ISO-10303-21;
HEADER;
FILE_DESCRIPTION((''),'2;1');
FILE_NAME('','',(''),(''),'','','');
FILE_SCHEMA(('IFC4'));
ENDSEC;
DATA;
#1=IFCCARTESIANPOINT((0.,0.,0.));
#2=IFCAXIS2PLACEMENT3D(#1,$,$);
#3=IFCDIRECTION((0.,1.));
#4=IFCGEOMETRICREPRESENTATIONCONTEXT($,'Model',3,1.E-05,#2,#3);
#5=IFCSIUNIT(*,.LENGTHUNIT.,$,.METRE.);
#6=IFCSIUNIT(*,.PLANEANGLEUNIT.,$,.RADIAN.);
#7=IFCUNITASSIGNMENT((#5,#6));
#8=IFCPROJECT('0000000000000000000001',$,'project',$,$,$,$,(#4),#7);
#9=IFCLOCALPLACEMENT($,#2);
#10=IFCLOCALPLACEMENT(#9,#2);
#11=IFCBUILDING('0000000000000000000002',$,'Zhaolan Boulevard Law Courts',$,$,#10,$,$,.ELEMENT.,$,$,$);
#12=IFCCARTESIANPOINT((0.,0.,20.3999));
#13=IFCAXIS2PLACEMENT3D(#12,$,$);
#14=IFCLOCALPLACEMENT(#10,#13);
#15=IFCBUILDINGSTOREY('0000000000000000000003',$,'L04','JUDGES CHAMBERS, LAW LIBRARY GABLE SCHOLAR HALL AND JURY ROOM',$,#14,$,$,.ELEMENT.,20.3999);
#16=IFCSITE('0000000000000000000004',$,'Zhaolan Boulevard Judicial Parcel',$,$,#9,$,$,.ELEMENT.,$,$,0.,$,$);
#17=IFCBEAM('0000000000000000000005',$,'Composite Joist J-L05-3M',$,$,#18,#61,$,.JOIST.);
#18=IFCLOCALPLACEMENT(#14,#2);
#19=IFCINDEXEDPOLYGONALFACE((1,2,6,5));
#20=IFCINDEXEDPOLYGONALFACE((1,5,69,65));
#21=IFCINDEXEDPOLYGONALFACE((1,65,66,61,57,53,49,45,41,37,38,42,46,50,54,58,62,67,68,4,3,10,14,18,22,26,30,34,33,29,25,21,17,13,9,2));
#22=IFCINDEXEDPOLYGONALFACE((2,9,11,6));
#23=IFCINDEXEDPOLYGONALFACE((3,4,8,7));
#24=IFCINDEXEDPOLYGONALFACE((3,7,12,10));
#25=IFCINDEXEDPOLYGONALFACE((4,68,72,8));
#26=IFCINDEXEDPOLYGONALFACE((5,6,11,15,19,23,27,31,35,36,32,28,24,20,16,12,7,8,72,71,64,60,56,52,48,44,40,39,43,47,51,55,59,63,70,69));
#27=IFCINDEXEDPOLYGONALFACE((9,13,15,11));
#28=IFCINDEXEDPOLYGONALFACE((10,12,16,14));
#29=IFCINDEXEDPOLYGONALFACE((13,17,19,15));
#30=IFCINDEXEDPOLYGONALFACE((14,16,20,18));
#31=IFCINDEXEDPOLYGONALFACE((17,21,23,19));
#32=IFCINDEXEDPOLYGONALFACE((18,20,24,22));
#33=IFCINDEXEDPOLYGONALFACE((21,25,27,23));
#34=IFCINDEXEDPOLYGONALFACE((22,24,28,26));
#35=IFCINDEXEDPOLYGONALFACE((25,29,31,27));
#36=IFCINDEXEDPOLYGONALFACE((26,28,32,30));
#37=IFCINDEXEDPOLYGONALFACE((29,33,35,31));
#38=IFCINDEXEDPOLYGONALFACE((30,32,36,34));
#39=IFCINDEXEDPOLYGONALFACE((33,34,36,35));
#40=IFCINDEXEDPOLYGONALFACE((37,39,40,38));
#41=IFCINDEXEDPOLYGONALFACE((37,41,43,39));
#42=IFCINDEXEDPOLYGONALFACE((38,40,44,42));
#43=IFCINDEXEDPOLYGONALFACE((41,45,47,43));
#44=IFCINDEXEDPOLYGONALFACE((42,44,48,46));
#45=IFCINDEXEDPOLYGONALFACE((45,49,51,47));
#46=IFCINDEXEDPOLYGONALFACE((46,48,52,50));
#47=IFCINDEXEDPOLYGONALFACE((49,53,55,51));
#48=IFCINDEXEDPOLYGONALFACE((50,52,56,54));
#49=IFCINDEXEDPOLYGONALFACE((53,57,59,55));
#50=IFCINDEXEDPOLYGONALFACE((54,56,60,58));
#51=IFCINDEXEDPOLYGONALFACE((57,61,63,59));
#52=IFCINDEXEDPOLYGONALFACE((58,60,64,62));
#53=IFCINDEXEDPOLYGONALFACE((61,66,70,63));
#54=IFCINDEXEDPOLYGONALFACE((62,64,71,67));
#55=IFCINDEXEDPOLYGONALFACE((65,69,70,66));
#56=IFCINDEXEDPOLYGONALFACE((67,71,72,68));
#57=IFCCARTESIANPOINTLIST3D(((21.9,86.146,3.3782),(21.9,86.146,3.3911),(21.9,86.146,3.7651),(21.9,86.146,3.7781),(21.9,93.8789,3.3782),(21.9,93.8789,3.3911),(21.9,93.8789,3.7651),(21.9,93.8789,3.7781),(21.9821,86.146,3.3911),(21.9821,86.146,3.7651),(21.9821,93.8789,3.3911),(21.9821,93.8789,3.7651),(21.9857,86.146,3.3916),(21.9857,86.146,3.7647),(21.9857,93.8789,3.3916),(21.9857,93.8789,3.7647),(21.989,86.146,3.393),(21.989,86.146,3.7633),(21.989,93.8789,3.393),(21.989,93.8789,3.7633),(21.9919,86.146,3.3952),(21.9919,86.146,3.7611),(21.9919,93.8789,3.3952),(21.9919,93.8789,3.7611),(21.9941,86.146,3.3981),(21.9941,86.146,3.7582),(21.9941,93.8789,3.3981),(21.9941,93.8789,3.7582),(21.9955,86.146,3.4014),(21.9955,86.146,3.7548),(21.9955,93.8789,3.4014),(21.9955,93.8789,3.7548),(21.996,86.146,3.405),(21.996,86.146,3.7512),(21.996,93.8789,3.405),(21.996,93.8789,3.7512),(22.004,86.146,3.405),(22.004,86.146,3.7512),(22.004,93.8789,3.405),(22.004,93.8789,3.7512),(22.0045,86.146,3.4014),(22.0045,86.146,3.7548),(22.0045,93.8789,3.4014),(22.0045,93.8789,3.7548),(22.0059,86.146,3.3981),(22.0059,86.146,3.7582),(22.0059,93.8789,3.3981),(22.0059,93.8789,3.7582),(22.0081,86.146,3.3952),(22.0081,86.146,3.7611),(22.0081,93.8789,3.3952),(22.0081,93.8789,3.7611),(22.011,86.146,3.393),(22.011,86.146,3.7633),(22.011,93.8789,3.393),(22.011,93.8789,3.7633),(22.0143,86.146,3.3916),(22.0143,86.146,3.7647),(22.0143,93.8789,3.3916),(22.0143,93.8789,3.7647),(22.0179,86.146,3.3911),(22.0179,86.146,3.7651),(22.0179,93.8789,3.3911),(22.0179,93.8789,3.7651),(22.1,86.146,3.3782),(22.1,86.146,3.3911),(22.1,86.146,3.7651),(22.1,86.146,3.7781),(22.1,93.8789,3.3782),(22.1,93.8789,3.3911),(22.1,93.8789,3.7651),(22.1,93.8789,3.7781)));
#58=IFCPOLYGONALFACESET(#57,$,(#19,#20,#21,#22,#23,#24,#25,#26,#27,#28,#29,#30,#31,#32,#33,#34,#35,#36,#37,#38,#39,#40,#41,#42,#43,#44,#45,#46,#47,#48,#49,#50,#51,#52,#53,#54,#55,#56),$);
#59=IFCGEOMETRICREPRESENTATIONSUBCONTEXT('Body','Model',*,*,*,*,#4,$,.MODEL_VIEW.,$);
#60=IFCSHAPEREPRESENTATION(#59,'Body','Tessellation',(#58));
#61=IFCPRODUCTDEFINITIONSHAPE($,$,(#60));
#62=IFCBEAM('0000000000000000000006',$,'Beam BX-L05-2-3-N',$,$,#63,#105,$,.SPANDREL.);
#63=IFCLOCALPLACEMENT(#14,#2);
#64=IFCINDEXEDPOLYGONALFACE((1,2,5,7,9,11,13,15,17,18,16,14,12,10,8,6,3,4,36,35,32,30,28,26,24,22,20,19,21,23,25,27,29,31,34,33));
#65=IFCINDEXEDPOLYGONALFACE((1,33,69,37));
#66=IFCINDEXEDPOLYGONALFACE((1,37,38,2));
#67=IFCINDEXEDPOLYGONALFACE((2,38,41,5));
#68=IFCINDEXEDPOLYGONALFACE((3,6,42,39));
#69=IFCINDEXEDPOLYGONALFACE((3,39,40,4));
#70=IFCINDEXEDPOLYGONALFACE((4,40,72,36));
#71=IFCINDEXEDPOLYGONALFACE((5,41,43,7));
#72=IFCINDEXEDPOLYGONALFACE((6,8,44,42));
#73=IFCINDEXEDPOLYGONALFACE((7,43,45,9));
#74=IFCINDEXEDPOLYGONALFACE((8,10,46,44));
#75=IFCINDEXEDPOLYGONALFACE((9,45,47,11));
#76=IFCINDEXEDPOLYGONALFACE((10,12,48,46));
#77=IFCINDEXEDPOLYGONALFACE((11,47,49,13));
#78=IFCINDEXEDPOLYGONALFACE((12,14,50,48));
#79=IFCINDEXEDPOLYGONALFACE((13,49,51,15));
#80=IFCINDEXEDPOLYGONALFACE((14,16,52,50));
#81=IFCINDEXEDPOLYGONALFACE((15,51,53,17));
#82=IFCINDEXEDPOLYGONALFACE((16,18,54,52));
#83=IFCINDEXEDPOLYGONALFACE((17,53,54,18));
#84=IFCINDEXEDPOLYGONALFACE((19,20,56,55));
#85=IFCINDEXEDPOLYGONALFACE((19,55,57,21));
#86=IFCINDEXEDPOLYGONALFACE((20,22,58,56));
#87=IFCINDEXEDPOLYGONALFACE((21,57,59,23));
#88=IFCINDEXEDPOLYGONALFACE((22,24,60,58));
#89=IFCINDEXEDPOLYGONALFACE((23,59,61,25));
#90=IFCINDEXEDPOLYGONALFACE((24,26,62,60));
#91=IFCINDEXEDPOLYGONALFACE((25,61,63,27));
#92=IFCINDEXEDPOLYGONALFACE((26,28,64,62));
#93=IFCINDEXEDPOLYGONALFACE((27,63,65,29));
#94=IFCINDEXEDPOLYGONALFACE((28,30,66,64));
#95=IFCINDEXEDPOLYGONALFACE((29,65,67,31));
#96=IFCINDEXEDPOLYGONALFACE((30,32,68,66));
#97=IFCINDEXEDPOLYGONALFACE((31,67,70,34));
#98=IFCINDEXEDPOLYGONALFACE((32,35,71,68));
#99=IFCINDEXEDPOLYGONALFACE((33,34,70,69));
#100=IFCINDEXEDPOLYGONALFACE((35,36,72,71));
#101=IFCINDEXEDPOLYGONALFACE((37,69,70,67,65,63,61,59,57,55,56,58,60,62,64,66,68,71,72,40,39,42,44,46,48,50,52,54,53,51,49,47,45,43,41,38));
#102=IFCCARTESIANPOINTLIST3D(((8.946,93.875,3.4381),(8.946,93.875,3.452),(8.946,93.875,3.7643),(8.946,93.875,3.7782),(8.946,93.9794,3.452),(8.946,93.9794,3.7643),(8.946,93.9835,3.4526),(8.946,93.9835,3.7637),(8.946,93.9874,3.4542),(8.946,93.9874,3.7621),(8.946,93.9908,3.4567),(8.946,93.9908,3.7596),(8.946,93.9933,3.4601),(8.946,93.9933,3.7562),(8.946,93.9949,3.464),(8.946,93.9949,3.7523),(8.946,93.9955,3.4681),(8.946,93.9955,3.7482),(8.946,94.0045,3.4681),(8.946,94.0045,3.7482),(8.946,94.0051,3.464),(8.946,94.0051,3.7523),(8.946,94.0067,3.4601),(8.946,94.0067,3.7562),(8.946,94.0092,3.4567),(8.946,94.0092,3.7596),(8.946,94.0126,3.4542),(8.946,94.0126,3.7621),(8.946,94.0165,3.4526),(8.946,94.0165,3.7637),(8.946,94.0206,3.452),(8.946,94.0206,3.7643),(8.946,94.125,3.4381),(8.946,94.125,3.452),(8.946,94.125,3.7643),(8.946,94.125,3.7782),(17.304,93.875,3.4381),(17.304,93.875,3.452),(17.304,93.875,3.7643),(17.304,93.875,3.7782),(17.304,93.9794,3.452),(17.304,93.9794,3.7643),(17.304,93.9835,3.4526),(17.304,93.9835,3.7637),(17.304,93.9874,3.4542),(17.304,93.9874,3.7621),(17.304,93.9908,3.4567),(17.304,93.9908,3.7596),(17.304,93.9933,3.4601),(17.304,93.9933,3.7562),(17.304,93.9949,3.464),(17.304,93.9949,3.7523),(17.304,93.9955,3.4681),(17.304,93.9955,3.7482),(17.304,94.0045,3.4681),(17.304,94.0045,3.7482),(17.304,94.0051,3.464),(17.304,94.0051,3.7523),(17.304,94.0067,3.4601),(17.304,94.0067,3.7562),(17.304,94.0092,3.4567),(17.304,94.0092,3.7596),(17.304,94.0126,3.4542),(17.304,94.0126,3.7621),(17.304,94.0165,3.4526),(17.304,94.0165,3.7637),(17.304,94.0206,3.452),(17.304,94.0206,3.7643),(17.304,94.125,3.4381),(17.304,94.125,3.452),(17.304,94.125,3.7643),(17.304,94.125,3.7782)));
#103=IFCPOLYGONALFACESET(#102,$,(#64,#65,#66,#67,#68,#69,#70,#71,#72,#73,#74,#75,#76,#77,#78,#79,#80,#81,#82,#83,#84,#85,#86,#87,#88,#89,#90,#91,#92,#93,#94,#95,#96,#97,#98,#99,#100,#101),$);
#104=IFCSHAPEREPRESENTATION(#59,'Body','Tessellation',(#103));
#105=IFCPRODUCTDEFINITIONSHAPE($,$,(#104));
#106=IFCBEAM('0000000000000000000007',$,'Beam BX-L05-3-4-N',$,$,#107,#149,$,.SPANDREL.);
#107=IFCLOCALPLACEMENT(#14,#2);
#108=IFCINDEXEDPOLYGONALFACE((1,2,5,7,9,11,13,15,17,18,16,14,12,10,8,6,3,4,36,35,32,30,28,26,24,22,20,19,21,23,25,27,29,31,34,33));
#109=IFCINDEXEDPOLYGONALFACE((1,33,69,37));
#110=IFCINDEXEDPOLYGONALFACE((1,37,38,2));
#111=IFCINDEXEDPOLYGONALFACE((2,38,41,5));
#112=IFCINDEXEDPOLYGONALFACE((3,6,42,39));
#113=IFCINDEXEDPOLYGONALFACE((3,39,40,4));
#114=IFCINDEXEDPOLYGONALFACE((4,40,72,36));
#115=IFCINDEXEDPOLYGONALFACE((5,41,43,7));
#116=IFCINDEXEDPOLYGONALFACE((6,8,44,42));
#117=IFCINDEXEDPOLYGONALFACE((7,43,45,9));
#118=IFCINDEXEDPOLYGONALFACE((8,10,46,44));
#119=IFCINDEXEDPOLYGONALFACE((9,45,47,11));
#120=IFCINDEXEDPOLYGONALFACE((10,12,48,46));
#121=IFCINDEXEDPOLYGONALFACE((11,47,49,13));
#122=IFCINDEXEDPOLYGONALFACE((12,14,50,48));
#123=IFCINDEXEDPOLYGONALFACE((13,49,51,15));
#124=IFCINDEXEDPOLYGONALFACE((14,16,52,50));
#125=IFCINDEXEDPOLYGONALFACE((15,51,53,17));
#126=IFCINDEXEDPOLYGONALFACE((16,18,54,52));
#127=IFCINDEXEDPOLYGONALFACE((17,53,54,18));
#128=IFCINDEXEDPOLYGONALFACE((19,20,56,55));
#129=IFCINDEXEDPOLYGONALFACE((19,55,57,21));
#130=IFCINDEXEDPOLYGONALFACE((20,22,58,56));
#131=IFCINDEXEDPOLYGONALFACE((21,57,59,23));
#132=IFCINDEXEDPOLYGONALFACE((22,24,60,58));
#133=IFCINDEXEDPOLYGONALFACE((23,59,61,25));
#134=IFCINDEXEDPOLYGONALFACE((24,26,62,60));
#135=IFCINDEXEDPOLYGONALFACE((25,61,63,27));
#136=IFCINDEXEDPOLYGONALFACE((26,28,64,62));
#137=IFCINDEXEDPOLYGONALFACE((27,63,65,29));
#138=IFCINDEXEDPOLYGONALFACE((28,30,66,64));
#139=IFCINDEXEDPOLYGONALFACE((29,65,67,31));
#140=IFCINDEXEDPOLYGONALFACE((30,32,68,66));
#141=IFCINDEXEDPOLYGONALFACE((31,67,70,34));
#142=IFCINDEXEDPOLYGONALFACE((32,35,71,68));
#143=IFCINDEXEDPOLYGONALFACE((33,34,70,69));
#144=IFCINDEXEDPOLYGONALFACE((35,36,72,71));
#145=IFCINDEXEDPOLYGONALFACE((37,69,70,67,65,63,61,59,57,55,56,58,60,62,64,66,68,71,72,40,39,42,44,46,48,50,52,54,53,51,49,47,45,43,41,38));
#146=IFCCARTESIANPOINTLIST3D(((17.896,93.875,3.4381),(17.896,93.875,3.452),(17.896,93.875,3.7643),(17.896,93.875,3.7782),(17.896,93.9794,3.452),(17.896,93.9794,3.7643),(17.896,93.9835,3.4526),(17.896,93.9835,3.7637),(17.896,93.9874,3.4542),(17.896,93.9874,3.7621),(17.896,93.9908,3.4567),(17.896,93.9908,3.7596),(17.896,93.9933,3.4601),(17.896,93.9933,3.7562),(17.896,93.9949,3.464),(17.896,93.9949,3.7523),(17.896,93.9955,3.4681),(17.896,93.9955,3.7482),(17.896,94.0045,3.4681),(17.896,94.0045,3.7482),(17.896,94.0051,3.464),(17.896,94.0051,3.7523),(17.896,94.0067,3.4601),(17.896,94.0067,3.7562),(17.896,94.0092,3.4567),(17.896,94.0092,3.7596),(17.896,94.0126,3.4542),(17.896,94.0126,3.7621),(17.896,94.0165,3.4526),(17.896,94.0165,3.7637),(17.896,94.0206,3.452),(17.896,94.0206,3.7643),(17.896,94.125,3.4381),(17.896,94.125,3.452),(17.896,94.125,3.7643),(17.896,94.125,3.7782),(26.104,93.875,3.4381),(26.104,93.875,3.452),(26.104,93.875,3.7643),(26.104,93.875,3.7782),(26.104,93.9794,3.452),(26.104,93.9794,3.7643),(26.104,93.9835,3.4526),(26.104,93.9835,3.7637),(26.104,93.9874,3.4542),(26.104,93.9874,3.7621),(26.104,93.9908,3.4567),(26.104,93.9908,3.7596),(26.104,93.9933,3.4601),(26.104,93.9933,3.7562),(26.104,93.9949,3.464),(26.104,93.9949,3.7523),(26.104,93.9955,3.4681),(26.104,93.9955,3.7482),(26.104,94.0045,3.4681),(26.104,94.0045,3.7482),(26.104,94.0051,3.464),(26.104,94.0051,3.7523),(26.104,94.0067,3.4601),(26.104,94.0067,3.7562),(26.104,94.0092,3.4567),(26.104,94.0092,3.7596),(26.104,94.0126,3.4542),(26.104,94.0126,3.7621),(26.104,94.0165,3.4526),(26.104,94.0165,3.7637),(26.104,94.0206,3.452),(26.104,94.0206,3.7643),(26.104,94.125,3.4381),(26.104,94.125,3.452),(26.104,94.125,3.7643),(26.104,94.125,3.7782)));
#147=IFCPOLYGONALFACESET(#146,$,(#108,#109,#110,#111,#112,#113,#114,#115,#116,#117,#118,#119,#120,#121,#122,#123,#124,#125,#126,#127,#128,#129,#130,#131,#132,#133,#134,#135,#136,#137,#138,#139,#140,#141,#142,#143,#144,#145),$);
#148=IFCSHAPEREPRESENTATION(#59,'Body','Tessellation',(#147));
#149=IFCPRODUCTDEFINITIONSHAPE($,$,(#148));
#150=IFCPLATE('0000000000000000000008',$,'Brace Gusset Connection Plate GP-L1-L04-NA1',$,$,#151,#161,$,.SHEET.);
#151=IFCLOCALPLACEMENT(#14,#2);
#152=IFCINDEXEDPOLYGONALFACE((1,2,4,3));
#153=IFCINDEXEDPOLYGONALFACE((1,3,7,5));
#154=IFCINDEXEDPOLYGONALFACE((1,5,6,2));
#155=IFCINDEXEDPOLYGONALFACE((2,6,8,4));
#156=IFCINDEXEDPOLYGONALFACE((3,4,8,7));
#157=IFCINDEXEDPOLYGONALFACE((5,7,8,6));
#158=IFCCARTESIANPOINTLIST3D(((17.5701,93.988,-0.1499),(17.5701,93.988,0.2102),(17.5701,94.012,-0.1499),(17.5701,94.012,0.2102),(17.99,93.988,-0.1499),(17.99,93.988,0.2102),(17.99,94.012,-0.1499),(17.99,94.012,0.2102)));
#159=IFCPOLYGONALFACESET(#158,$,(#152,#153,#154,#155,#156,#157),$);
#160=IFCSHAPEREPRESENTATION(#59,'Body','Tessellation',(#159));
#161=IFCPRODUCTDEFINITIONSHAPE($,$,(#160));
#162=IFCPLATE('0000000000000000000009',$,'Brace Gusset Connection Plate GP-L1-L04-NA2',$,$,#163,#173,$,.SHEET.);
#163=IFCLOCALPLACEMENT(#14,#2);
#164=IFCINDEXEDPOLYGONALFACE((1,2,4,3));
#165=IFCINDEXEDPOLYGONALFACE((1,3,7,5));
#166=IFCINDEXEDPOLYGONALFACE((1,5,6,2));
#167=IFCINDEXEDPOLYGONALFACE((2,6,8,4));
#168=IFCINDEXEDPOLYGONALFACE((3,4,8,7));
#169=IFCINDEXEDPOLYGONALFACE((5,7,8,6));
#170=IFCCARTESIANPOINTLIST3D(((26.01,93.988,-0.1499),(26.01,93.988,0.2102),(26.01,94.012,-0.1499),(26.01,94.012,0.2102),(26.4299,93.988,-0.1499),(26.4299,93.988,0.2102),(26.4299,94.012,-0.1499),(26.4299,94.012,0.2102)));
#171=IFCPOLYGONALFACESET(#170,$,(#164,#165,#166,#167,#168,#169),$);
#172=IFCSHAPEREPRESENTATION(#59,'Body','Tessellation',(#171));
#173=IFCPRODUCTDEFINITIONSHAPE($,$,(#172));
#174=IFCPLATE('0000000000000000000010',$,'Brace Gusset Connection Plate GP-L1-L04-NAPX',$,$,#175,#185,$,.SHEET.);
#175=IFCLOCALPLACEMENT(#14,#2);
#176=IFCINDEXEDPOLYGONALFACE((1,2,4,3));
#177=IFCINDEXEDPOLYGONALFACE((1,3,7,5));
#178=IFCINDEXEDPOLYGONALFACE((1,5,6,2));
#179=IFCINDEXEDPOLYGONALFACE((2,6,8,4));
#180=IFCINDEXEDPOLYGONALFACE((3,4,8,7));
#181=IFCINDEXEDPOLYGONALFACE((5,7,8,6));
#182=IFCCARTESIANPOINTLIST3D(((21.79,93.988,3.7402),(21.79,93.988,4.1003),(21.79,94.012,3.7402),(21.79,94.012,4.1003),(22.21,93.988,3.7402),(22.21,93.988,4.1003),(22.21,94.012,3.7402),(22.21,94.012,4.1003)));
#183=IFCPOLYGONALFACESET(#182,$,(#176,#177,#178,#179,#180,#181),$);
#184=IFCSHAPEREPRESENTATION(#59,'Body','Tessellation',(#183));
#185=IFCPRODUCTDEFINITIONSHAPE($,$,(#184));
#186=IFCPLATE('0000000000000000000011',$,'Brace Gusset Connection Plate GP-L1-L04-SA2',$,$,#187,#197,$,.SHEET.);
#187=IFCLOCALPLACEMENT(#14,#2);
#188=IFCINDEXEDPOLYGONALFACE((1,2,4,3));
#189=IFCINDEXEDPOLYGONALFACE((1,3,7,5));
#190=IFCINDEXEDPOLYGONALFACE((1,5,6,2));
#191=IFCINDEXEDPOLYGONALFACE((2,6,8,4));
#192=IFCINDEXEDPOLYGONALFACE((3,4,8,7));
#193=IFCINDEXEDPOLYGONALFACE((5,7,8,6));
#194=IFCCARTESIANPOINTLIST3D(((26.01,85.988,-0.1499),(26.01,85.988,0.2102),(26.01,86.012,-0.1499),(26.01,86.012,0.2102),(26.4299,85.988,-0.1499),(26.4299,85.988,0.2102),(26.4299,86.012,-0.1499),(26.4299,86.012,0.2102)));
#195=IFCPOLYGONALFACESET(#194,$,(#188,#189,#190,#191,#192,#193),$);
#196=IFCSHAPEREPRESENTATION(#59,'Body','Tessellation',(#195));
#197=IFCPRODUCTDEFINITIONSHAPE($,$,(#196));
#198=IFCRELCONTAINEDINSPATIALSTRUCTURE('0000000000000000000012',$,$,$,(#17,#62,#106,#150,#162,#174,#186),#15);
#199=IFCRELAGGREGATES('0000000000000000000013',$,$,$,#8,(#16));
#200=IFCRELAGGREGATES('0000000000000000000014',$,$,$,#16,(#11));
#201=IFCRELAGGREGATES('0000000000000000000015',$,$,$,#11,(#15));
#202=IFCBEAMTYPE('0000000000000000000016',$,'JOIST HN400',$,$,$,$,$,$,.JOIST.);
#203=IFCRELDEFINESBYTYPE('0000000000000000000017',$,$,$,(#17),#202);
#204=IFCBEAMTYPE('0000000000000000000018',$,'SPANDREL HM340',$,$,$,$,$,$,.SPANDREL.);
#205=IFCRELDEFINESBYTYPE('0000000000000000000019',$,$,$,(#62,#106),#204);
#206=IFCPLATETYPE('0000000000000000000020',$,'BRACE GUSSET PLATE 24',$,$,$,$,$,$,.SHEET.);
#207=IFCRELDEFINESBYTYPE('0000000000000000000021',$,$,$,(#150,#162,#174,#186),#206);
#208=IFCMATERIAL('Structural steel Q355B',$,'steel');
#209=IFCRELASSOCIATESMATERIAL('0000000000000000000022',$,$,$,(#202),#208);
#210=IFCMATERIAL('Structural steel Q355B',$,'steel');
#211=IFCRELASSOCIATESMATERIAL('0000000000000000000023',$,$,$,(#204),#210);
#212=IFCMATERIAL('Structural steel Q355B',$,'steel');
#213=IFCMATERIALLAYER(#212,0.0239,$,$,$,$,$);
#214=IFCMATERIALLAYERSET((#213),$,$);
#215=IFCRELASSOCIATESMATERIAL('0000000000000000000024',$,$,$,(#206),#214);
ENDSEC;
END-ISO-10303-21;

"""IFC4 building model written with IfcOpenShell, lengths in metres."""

from ifc_helpers import new_model, si_unit, direction, frame, origin, origin_2d, place, context, subcontext, project, spatial, rectangle, i_section, extrude, material, layer, layer_set, material_profile, profile_set, type_object, element, save


model = new_model("IFC4")

# Units and contexts
model_context = context("Model", 3, precision=1e-05, world=origin(), true_north=direction((0.0, 1.0)))
body_context = subcontext(model_context, "Body", "Model", "MODEL_VIEW")
ifc_project = project(units=[si_unit("LENGTHUNIT", "METRE"), si_unit("PLANEANGLEUNIT", "RADIAN")], contexts=[model_context])

# Site, building, storey
site_placement = place(None, origin())
site = spatial("IfcSite", under=ifc_project, at=site_placement, Name="Zhaolan Boulevard Judicial Parcel", CompositionType="ELEMENT", RefElevation=0.0)
building_placement = place(site_placement, origin())
building = spatial("IfcBuilding", under=site, at=building_placement, Name="Zhaolan Boulevard Law Courts", CompositionType="ELEMENT")
storey_placement = place(building_placement, frame((0.0, 0.0, 20.3999)))
storey = spatial("IfcBuildingStorey", under=building, at=storey_placement, Name="L04", Description="JUDGES CHAMBERS, LAW LIBRARY GABLE SCHOLAR HALL AND JURY ROOM", CompositionType="ELEMENT", Elevation=20.3999)

# Beams
ifc_material_1 = material(Name="Structural steel Q355B", Category="steel")
ifc_material_profile_1 = material_profile(ifc_material_1, i_section(OverallWidth=0.2, OverallDepth=0.3999, WebThickness=0.0081, FlangeThickness=0.0129, FilletRadius=0.0139, at=origin_2d()), Name="HN400x200")
ifc_profile_set_1 = profile_set([ifc_material_profile_1], Name="Structural steel Q355B")
beam_type_1 = type_object("IfcBeamType", Name="JOIST HN400", PredefinedType="JOIST", material=ifc_profile_set_1)
beam_1_placement = place(storey_placement, frame((22.0, 86.146, 3.5781), z_axis=(0.0, 1.0, 0.0), x_axis=(-1.0, 0.0, 0.0)))
element("IfcBeam", 1, at=beam_1_placement, inside=storey, type_object=beam_type_1, Name="Composite Joist J-L05-3M", PredefinedType="JOIST", context=body_context, shape_type="SweptSolid", body=[
    extrude(i_section(OverallWidth=0.2, OverallDepth=0.3999, WebThickness=0.0081, FlangeThickness=0.0129, FilletRadius=0.0139, at=origin_2d()), origin(), (0.0, 0.0, 1.0), 7.7329),
])
ifc_material_2 = material(Name="Structural steel Q355B", Category="steel")
ifc_material_profile_2 = material_profile(ifc_material_2, i_section(OverallWidth=0.25, OverallDepth=0.3401, WebThickness=0.009, FlangeThickness=0.0139, FilletRadius=0.0161, at=origin_2d()), Name="HM340x250")
ifc_profile_set_2 = profile_set([ifc_material_profile_2], Name="Structural steel Q355B")
beam_type_2 = type_object("IfcBeamType", Name="SPANDREL HM340", PredefinedType="SPANDREL", material=ifc_profile_set_2)
beam_2_placement = place(storey_placement, frame((8.946, 94.0, 3.6082), z_axis=(1.0, 0.0, 0.0), x_axis=(0.0, 1.0, 0.0)))
element("IfcBeam", 2, at=beam_2_placement, inside=storey, type_object=beam_type_2, Name="Beam BX-L05-2-3-N", PredefinedType="SPANDREL", context=body_context, shape_type="SweptSolid", body=[
    extrude(i_section(OverallWidth=0.25, OverallDepth=0.3401, WebThickness=0.009, FlangeThickness=0.0139, FilletRadius=0.0161, at=origin_2d()), origin(), (0.0, 0.0, 1.0), 8.3579),
])
beam_3_placement = place(storey_placement, frame((17.896, 94.0, 3.6082), z_axis=(1.0, 0.0, 0.0), x_axis=(0.0, 1.0, 0.0)))
element("IfcBeam", 3, at=beam_3_placement, inside=storey, type_object=beam_type_2, Name="Beam BX-L05-3-4-N", PredefinedType="SPANDREL", context=body_context, shape_type="SweptSolid", body=[
    extrude(i_section(OverallWidth=0.25, OverallDepth=0.3401, WebThickness=0.009, FlangeThickness=0.0139, FilletRadius=0.0161, at=origin_2d()), origin(), (0.0, 0.0, 1.0), 8.208),
])

# Plates
ifc_material_3 = material(Name="Structural steel Q355B", Category="steel")
ifc_layer_1 = layer(ifc_material_3, 0.0239)
ifc_layer_set_1 = layer_set([ifc_layer_1])
plate_type_1 = type_object("IfcPlateType", Name="BRACE GUSSET PLATE 24", PredefinedType="SHEET", material=ifc_layer_set_1)
for number, where, z_axis, x_axis, name in (
    (4, (17.78, 94.0, -0.1499), (0.0, 0.0, 1.0), (1.0, 0.0, 0.0), "Brace Gusset Connection Plate GP-L1-L04-NA1"),
    (5, (26.22, 94.0, -0.1499), (0.0, 0.0, 1.0), (1.0, 0.0, 0.0), "Brace Gusset Connection Plate GP-L1-L04-NA2"),
    (6, (22.0, 94.0, 3.7402), (0.0, 0.0, 1.0), (1.0, 0.0, 0.0), "Brace Gusset Connection Plate GP-L1-L04-NAPX"),
    (7, (26.22, 86.0, -0.1499), (0.0, 0.0, 1.0), (1.0, 0.0, 0.0), "Brace Gusset Connection Plate GP-L1-L04-SA2"),
):
    element("IfcPlate", number, at=place(storey_placement, frame(where, z_axis=z_axis, x_axis=x_axis)), inside=storey, type_object=plate_type_1, Name=name, PredefinedType="SHEET", context=body_context, shape_type="SweptSolid", body=[
        extrude(rectangle(XDim=0.4199, YDim=0.0239, at=origin_2d()), origin(), (0.0, 0.0, 1.0), 0.3601),
    ])

save(model, "model.ifc")
